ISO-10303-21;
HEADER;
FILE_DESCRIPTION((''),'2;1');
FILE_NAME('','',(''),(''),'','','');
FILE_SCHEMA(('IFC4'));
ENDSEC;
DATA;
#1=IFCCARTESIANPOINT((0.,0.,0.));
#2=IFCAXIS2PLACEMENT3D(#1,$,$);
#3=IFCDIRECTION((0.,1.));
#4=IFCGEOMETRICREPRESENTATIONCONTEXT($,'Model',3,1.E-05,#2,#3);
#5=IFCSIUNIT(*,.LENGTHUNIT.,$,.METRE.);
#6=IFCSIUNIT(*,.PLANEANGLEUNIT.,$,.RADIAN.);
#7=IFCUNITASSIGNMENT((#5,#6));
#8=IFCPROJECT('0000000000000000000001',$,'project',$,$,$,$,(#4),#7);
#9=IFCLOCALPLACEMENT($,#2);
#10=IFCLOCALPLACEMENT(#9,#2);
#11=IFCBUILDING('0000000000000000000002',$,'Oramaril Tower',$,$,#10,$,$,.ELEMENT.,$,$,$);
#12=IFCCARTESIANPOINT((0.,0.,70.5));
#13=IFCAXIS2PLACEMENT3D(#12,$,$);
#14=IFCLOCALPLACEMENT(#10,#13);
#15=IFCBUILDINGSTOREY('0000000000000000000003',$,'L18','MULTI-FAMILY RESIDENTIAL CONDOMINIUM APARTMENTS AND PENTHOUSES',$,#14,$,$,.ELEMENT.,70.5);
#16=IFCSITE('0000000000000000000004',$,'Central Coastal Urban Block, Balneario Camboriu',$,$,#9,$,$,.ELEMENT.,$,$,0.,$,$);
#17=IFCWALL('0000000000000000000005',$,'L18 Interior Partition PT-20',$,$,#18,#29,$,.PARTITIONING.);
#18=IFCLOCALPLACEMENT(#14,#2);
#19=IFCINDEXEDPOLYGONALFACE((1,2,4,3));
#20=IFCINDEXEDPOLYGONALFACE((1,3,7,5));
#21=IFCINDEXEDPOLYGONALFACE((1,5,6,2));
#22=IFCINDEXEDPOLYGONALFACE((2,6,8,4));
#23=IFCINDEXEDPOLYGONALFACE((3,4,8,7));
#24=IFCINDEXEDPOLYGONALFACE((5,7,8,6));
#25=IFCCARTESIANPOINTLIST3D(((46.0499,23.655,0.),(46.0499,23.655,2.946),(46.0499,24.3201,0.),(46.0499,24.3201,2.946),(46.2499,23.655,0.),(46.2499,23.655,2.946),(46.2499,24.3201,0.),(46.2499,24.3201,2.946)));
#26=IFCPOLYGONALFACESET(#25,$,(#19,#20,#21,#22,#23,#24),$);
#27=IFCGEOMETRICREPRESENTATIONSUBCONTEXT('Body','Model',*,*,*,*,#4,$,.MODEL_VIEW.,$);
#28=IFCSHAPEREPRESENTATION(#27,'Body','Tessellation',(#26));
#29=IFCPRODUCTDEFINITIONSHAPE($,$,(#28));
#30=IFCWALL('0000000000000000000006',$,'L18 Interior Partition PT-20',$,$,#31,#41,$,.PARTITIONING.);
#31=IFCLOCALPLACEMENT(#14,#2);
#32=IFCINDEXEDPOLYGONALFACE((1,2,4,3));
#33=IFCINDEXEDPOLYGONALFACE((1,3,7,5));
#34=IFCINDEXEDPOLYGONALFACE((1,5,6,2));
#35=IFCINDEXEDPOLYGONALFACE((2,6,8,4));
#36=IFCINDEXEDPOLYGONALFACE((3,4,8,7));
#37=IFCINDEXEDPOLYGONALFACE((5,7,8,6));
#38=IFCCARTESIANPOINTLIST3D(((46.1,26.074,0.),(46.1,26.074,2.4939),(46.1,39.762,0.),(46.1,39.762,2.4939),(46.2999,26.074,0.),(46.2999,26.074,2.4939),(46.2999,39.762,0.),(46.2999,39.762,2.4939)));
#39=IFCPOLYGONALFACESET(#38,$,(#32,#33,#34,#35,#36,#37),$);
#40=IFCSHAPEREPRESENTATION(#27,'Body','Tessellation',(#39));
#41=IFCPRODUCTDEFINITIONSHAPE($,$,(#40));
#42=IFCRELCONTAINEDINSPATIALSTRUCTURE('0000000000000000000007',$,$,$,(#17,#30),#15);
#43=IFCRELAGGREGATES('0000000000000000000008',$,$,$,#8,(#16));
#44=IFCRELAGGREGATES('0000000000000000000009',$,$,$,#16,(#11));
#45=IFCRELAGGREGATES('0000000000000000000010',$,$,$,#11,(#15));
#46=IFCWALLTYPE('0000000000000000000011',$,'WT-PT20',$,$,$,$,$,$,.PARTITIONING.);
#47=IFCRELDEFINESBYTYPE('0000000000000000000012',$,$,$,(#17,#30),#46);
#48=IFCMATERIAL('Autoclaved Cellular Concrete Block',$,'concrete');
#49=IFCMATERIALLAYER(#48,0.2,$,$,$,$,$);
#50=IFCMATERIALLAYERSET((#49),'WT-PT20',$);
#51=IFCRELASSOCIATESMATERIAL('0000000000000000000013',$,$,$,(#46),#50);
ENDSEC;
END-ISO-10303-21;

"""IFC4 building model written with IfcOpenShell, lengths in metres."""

from ifc_helpers import new_model, si_unit, direction, frame, frame_2d, origin, place, context, subcontext, project, spatial, rectangle, extrude, material, layer, layer_set, type_object, element, save


model = new_model("IFC4")

# Units and contexts
model_context = context("Model", 3, precision=1e-05, world=origin(), true_north=direction((0.0, 1.0)))
body_context = subcontext(model_context, "Body", "Model", "MODEL_VIEW")
ifc_project = project(units=[si_unit("LENGTHUNIT", "METRE"), si_unit("PLANEANGLEUNIT", "RADIAN")], contexts=[model_context])

# Site, building, storey
site_placement = place(None, origin())
site = spatial("IfcSite", under=ifc_project, at=site_placement, Name="Central Coastal Urban Block, Balneario Camboriu", CompositionType="ELEMENT", RefElevation=0.0)
building_placement = place(site_placement, origin())
building = spatial("IfcBuilding", under=site, at=building_placement, Name="Oramaril Tower", CompositionType="ELEMENT")
storey_placement = place(building_placement, frame((0.0, 0.0, 70.5)))
storey = spatial("IfcBuildingStorey", under=building, at=storey_placement, Name="L18", Description="MULTI-FAMILY RESIDENTIAL CONDOMINIUM APARTMENTS AND PENTHOUSES", CompositionType="ELEMENT", Elevation=70.5)

# Walls
ifc_material_1 = material(Name="Autoclaved Cellular Concrete Block", Category="concrete")
ifc_layer_1 = layer(ifc_material_1, 0.2)
ifc_layer_set_1 = layer_set([ifc_layer_1], Name="WT-PT20")
wall_type_1 = type_object("IfcWallType", Name="WT-PT20", PredefinedType="PARTITIONING", material=ifc_layer_set_1)
wall_1_placement = place(storey_placement, frame((46.1499, 23.655, 0.0), z_axis=(0.0, 0.0, 1.0), x_axis=(0.0, 1.0, 0.0)))
element("IfcWall", 1, at=wall_1_placement, inside=storey, type_object=wall_type_1, Name="L18 Interior Partition PT-20", PredefinedType="PARTITIONING", context=body_context, shape_type="SweptSolid", body=[
    extrude(rectangle(XDim=0.665, YDim=0.2, at=frame_2d((0.3325, 0.0))), origin(), (0.0, 0.0, 1.0), 2.946),
])
wall_2_placement = place(storey_placement, frame((46.2, 26.074, 0.0), z_axis=(0.0, 0.0, 1.0), x_axis=(0.0, 1.0, 0.0)))
element("IfcWall", 2, at=wall_2_placement, inside=storey, type_object=wall_type_1, Name="L18 Interior Partition PT-20", PredefinedType="PARTITIONING", context=body_context, shape_type="SweptSolid", body=[
    extrude(rectangle(XDim=13.688, YDim=0.2, at=frame_2d((6.844, 0.0))), origin(), (0.0, 0.0, 1.0), 2.4939),
])

save(model, "model.ifc")
